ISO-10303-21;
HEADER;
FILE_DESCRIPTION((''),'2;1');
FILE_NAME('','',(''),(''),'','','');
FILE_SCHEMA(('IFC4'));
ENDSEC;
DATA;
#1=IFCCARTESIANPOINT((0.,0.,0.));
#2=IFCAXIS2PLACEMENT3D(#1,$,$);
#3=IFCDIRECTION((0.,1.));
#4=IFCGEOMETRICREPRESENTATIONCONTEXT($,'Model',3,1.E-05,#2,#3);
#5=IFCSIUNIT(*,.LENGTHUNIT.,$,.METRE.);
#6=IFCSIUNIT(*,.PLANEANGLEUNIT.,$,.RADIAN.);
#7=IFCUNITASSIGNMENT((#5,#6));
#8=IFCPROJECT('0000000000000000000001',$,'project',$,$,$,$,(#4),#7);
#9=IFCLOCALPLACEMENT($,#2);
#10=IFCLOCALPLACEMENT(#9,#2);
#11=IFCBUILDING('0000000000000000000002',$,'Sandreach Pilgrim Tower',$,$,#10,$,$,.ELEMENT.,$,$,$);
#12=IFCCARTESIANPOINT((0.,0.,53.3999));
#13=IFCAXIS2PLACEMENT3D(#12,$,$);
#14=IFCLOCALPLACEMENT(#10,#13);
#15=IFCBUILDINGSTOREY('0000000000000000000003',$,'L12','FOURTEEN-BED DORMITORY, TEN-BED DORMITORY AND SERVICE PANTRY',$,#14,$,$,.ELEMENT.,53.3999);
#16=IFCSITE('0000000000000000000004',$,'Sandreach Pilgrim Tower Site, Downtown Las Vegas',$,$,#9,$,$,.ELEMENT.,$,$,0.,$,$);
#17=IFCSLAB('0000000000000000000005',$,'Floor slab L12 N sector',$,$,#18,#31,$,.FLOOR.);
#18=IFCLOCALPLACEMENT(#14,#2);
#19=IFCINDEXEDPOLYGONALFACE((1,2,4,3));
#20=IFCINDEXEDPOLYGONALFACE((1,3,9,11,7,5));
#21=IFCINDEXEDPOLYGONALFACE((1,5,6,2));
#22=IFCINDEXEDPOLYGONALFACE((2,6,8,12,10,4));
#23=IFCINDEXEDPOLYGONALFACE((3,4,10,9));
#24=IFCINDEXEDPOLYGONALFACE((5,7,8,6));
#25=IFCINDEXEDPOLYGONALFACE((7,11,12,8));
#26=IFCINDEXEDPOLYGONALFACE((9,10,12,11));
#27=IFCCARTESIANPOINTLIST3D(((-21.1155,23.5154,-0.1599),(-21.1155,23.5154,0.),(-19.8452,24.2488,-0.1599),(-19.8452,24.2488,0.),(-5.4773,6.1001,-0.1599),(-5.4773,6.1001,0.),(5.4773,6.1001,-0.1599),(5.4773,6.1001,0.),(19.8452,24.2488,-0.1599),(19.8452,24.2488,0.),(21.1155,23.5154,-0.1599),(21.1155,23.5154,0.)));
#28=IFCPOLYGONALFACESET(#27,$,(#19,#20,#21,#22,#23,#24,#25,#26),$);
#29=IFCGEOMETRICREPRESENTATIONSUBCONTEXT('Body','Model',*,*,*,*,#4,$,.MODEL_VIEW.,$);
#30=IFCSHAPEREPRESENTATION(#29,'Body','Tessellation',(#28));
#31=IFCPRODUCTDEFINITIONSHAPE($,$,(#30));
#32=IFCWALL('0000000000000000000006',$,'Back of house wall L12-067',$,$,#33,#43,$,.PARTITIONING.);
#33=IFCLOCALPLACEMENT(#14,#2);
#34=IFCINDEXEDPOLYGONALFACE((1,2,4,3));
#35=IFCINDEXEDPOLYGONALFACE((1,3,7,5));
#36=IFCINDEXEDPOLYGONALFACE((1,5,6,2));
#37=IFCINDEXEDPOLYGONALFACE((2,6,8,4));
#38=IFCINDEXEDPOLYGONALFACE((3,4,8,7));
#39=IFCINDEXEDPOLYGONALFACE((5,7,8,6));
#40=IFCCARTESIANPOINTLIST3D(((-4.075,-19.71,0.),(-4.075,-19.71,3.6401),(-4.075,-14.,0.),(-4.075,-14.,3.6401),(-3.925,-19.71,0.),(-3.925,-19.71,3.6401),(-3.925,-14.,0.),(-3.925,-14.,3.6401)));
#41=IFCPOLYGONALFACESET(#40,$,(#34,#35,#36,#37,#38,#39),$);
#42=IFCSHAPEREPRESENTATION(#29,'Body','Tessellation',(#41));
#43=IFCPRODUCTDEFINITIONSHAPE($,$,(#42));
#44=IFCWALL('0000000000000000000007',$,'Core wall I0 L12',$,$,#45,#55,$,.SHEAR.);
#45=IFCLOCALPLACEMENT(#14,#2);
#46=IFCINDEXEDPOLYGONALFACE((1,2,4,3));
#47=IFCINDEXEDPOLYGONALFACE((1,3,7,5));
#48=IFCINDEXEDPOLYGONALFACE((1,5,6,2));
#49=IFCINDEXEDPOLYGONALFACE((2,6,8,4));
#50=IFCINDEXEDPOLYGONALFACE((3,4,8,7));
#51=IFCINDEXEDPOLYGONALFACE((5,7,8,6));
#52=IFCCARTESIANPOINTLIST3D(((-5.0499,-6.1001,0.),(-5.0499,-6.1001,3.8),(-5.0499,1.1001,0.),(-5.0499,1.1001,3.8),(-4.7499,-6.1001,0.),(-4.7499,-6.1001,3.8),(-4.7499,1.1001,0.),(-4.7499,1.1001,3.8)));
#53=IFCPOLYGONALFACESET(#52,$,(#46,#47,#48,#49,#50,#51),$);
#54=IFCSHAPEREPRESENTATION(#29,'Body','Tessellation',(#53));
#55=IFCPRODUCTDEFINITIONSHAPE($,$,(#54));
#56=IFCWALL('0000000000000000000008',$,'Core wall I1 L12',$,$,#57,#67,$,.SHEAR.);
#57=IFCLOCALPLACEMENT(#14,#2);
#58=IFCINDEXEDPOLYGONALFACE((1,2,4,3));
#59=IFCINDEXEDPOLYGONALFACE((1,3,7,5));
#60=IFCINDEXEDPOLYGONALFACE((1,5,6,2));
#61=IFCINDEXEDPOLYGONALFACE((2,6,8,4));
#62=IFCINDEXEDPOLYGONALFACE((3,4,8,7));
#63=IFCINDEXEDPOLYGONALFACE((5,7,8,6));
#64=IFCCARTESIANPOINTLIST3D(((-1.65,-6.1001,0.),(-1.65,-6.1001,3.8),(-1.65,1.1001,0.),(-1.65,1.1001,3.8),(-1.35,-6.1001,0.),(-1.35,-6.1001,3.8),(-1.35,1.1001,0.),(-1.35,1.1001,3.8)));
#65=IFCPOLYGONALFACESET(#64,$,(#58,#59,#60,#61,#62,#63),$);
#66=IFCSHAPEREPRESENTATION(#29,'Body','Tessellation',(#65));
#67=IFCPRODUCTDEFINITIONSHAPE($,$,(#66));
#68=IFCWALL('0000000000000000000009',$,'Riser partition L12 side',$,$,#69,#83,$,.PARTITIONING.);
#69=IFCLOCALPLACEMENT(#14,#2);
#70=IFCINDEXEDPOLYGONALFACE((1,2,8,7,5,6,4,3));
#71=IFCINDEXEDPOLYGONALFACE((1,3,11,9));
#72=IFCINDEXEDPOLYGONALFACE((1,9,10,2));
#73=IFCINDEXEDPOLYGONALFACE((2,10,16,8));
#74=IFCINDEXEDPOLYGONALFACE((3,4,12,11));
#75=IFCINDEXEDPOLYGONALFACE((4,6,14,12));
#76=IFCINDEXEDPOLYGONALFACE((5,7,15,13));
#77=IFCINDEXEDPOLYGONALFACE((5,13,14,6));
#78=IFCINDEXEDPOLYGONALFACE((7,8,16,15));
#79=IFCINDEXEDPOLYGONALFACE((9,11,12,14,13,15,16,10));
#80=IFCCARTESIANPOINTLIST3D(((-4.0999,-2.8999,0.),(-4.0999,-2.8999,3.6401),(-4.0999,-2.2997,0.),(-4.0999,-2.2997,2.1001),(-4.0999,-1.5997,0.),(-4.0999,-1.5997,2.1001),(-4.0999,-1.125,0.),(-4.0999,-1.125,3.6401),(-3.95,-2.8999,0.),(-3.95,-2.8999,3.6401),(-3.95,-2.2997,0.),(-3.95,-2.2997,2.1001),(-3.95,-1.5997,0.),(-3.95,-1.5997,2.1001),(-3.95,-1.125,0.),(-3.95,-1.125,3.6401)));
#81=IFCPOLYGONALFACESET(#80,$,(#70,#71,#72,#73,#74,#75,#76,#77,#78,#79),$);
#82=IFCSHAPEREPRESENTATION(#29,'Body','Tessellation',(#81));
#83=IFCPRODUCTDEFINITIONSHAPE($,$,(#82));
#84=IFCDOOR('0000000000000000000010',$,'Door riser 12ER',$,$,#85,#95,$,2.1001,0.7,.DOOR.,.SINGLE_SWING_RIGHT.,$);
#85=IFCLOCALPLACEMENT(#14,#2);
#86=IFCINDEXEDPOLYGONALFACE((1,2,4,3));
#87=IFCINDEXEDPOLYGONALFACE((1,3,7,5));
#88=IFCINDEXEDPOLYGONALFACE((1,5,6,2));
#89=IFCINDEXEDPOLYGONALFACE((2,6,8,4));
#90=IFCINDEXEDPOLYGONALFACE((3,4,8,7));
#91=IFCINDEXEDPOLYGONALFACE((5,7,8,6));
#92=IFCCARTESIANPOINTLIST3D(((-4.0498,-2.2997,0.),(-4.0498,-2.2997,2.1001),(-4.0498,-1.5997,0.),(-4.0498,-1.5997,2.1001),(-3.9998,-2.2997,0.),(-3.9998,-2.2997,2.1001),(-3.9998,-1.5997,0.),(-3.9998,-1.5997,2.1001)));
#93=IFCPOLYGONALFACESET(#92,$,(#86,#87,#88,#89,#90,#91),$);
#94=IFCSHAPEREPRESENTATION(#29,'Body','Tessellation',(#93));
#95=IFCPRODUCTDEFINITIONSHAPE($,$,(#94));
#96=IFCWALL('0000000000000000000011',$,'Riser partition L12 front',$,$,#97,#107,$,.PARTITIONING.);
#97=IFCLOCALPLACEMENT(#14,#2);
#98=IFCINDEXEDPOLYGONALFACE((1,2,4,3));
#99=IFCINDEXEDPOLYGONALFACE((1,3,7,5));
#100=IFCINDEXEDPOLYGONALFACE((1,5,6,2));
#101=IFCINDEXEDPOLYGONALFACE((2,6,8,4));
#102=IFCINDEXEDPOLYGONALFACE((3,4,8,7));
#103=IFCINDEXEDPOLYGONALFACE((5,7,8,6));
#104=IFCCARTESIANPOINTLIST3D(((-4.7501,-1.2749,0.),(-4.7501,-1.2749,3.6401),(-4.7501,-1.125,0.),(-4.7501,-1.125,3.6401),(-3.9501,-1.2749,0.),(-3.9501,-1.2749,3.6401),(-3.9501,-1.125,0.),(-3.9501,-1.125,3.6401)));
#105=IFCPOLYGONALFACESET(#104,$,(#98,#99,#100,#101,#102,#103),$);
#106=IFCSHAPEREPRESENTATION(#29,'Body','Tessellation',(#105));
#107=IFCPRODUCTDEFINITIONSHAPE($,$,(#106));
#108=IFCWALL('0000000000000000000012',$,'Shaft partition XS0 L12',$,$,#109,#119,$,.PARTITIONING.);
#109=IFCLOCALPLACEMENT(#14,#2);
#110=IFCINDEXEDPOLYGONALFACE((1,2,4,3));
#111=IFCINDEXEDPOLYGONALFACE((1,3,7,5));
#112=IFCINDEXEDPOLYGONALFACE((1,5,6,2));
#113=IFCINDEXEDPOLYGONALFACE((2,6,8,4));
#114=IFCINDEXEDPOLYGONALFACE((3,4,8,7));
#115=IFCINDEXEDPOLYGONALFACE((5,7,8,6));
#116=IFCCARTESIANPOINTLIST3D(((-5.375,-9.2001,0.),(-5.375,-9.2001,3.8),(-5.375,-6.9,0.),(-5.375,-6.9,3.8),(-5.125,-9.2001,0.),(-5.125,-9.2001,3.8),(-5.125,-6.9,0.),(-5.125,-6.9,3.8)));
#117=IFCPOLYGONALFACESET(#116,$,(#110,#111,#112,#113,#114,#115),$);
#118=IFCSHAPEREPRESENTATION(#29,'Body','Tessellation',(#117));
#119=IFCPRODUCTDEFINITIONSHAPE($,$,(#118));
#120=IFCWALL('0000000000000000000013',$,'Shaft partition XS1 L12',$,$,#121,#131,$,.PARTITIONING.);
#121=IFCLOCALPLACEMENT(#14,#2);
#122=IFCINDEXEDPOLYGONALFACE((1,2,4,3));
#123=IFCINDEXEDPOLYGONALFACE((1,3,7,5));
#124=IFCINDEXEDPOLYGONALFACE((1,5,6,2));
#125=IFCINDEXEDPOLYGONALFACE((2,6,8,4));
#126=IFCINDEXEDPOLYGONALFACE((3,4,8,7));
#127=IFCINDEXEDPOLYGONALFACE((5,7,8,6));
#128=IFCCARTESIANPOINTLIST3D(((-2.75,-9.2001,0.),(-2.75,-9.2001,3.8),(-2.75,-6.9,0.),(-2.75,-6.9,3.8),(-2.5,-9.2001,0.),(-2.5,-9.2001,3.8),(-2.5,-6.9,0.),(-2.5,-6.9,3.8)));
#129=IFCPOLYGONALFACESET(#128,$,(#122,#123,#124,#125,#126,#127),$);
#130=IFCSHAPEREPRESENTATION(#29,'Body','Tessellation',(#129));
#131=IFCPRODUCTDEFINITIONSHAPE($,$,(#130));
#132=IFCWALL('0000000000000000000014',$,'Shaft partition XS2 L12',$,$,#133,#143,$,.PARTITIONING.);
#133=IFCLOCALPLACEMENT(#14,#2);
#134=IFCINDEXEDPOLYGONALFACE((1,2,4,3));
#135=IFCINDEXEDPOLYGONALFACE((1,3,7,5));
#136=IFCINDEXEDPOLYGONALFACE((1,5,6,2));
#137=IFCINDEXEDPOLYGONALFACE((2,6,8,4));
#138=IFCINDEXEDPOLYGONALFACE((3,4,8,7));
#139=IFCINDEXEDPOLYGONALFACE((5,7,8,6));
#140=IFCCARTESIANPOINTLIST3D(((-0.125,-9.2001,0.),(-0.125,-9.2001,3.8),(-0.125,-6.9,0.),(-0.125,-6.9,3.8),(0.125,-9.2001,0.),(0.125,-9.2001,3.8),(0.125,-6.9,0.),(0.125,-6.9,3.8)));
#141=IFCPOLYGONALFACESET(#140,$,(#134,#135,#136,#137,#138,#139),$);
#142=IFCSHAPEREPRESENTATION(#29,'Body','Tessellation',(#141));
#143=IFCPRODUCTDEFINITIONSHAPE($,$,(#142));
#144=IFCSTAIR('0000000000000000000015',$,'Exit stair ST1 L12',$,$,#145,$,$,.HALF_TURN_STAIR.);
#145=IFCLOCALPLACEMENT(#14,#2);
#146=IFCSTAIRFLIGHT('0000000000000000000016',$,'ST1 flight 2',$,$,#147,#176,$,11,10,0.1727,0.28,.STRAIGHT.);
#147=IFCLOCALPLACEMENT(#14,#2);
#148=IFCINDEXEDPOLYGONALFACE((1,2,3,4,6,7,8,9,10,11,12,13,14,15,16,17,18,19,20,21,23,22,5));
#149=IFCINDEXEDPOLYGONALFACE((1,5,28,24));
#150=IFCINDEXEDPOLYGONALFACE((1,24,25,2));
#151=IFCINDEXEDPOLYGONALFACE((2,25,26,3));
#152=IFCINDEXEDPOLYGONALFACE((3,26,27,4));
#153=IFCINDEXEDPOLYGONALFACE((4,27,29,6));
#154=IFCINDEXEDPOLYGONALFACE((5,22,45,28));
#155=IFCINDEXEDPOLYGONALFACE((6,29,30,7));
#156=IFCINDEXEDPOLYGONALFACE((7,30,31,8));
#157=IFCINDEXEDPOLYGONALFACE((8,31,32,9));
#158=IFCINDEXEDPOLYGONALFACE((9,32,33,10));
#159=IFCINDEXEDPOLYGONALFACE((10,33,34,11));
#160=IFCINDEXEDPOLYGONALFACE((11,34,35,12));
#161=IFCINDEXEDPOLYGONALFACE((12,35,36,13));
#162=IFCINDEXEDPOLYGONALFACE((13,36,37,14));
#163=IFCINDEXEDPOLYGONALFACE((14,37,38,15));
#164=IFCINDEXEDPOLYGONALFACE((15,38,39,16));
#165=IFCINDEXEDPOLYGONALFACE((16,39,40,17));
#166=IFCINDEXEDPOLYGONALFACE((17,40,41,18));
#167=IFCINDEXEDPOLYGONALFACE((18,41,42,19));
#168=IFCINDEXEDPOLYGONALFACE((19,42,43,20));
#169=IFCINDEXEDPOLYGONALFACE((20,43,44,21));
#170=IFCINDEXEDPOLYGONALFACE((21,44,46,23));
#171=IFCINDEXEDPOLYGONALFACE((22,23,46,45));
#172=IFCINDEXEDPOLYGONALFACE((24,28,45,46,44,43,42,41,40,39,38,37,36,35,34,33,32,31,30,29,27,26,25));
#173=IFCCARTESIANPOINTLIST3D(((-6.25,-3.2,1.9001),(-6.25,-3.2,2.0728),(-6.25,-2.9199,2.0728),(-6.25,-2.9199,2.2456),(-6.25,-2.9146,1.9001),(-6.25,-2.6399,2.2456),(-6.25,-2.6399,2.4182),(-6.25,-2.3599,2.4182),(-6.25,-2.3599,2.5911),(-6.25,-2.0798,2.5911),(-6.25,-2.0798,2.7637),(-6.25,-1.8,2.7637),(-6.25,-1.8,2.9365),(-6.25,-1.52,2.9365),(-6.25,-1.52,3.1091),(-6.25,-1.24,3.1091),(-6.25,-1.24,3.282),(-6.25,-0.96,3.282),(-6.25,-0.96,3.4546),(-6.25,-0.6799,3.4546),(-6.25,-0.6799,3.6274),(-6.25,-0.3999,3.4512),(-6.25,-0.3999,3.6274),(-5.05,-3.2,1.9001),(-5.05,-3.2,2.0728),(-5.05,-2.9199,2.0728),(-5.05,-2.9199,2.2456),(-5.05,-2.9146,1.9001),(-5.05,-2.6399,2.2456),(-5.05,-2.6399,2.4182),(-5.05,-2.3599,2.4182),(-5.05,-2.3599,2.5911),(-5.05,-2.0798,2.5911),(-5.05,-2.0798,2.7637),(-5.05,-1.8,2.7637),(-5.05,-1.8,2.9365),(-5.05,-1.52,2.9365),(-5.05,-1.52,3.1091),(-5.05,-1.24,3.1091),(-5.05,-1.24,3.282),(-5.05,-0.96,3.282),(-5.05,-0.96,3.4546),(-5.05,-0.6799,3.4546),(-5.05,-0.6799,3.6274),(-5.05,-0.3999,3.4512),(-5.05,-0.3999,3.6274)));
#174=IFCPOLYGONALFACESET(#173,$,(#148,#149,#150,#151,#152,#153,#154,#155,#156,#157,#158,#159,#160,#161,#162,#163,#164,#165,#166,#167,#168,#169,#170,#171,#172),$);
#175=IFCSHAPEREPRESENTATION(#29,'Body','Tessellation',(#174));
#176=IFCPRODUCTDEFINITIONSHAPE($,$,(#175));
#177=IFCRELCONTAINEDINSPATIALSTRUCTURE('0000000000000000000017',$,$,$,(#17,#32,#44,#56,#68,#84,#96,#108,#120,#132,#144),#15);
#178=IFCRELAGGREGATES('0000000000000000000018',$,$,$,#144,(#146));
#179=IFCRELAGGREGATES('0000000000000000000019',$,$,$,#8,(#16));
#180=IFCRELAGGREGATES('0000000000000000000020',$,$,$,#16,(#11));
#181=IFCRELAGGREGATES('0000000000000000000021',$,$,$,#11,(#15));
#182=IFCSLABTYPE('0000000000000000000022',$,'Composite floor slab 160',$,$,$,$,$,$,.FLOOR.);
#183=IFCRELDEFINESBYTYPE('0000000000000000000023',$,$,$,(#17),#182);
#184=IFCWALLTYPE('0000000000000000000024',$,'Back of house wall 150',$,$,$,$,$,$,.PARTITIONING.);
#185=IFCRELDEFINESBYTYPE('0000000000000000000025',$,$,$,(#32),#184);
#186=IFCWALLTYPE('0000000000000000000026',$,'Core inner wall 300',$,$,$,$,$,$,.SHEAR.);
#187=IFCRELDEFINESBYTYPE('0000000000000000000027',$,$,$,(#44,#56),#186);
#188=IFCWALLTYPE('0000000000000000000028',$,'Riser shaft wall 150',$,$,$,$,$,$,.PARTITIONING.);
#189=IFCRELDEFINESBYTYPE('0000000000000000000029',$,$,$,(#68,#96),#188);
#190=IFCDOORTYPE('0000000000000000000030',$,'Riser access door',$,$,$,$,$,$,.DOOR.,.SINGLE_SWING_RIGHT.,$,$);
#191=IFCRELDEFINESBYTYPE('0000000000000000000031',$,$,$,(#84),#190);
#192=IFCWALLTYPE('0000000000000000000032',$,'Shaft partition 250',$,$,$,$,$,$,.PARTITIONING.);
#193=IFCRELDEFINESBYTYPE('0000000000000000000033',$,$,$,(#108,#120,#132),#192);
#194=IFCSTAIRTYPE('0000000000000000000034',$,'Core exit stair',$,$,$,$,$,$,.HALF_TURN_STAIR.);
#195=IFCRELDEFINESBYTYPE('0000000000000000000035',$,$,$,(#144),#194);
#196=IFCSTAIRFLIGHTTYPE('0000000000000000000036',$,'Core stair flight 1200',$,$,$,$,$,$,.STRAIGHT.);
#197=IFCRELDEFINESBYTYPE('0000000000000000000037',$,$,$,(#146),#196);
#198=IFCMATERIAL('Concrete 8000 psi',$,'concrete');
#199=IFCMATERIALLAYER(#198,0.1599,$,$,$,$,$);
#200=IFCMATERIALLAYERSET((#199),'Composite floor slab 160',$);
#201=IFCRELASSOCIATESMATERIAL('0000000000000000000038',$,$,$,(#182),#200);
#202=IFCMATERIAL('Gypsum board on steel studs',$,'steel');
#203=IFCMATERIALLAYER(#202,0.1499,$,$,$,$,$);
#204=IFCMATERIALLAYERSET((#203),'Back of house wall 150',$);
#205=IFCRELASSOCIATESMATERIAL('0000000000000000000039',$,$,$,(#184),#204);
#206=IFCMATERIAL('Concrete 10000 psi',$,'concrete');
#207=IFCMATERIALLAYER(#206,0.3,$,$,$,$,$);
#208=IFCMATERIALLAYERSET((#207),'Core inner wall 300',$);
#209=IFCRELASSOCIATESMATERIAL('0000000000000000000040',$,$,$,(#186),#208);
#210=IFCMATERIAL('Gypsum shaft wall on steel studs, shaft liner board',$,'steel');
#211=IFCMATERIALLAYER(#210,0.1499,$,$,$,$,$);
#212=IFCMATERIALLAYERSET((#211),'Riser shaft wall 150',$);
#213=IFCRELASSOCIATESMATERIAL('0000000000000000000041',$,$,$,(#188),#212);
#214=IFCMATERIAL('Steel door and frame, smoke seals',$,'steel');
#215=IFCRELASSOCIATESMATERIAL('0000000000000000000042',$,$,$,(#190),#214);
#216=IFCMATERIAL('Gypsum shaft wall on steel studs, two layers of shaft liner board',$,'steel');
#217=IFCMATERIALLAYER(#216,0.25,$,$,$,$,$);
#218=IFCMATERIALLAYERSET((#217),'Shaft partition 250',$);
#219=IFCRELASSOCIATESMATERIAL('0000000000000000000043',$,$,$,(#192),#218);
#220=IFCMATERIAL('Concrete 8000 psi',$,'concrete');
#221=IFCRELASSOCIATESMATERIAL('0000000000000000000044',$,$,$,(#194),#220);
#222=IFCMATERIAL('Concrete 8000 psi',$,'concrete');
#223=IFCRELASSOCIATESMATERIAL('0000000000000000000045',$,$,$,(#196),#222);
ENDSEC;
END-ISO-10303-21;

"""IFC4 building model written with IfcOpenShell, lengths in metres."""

from ifc_helpers import new_model, si_unit, direction, frame, frame_2d, origin, place, context, subcontext, project, spatial, polyline, rectangle, outline, extrude, material, layer, layer_set, type_object, element, fill, aggregate, save


model = new_model("IFC4")

# Units and contexts
model_context = context("Model", 3, precision=1e-05, world=origin(), true_north=direction((0.0, 1.0)))
body_context = subcontext(model_context, "Body", "Model", "MODEL_VIEW")
ifc_project = project(units=[si_unit("LENGTHUNIT", "METRE"), si_unit("PLANEANGLEUNIT", "RADIAN")], contexts=[model_context])

# Site, building, storey
site_placement = place(None, origin())
site = spatial("IfcSite", under=ifc_project, at=site_placement, Name="Sandreach Pilgrim Tower Site, Downtown Las Vegas", CompositionType="ELEMENT", RefElevation=0.0)
building_placement = place(site_placement, origin())
building = spatial("IfcBuilding", under=site, at=building_placement, Name="Sandreach Pilgrim Tower", CompositionType="ELEMENT")
storey_placement = place(building_placement, frame((0.0, 0.0, 53.3999)))
storey = spatial("IfcBuildingStorey", under=building, at=storey_placement, Name="L12", Description="FOURTEEN-BED DORMITORY, TEN-BED DORMITORY AND SERVICE PANTRY", CompositionType="ELEMENT", Elevation=53.3999)

# Slab
ifc_material_1 = material(Name="Concrete 8000 psi", Category="concrete")
ifc_layer_1 = layer(ifc_material_1, 0.1599)
ifc_layer_set_1 = layer_set([ifc_layer_1], Name="Composite floor slab 160")
slab_type = type_object("IfcSlabType", Name="Composite floor slab 160", PredefinedType="FLOOR", material=ifc_layer_set_1)
slab_placement = place(storey_placement, frame((0.0, 0.0, -0.1599)))
element("IfcSlab", 1, at=slab_placement, inside=storey, type_object=slab_type, Name="Floor slab L12 N sector", PredefinedType="FLOOR", context=body_context, shape_type="SweptSolid", body=[
    extrude(outline(polyline([(-19.8452, 24.2488), (19.8452, 24.2488), (21.1155, 23.5154), (5.4773, 6.1001), (-5.4773, 6.1001), (-21.1155, 23.5154), (-19.8452, 24.2488)])), origin(), (0.0, 0.0, 1.0), 0.1599),
])

# Walls
ifc_material_2 = material(Name="Gypsum board on steel studs", Category="steel")
ifc_layer_2 = layer(ifc_material_2, 0.1499)
ifc_layer_set_2 = layer_set([ifc_layer_2], Name="Back of house wall 150")
wall_type_1 = type_object("IfcWallType", Name="Back of house wall 150", PredefinedType="PARTITIONING", material=ifc_layer_set_2)
wall_1_placement = place(storey_placement, frame((-4.0, -14.0, 0.0), z_axis=(0.0, 0.0, 1.0), x_axis=(0.0, -1.0, 0.0)))
element("IfcWall", 2, at=wall_1_placement, inside=storey, type_object=wall_type_1, Name="Back of house wall L12-067", PredefinedType="PARTITIONING", context=body_context, shape_type="SweptSolid", body=[
    extrude(rectangle(XDim=5.71, YDim=0.1499, at=frame_2d((2.855, 0.0))), origin(), (0.0, 0.0, 1.0), 3.6401),
])
ifc_material_3 = material(Name="Concrete 10000 psi", Category="concrete")
ifc_layer_3 = layer(ifc_material_3, 0.3)
ifc_layer_set_3 = layer_set([ifc_layer_3], Name="Core inner wall 300")
wall_type_2 = type_object("IfcWallType", Name="Core inner wall 300", PredefinedType="SHEAR", material=ifc_layer_set_3)
for number, where, z_axis, x_axis, name in (
    (3, (-4.8999, -6.1001, 0.0), (0.0, 0.0, 1.0), (0.0, 1.0, 0.0), "Core wall I0 L12"),
    (4, (-1.5, -6.1001, 0.0), (0.0, 0.0, 1.0), (0.0, 1.0, 0.0), "Core wall I1 L12"),
):
    element("IfcWall", number, at=place(storey_placement, frame(where, z_axis=z_axis, x_axis=x_axis)), inside=storey, type_object=wall_type_2, Name=name, PredefinedType="SHEAR", context=body_context, shape_type="SweptSolid", body=[
        extrude(rectangle(XDim=7.2002, YDim=0.3, at=frame_2d((3.6001, 0.0))), origin(), (0.0, 0.0, 1.0), 3.8),
    ])

# Wall, opening, door
ifc_material_4 = material(Name="Gypsum shaft wall on steel studs, shaft liner board", Category="steel")
ifc_layer_4 = layer(ifc_material_4, 0.1499)
ifc_layer_set_4 = layer_set([ifc_layer_4], Name="Riser shaft wall 150")
wall_type_3 = type_object("IfcWallType", Name="Riser shaft wall 150", PredefinedType="PARTITIONING", material=ifc_layer_set_4)
wall_2_placement = place(storey_placement, frame((-4.0249, -2.8999, 0.0), z_axis=(0.0, 0.0, 1.0), x_axis=(0.0, 1.0, 0.0)))
wall_2 = element("IfcWall", 5, at=wall_2_placement, inside=storey, type_object=wall_type_3, Name="Riser partition L12 side", PredefinedType="PARTITIONING", context=body_context, shape_type="SweptSolid", body=[
    extrude(rectangle(XDim=1.7749, YDim=0.1499, at=frame_2d((0.8875, 0.0))), origin(), (0.0, 0.0, 1.0), 3.6401),
])
opening_1_placement = place(wall_2_placement, frame((0.6001, 0.0, 0.0)))
opening_1 = element("IfcOpeningElement", 6, at=opening_1_placement, cuts=wall_2, PredefinedType="OPENING", context=body_context, shape_type="SweptSolid", body=[
    extrude(rectangle(XDim=0.7, YDim=2.1001, at=frame_2d((0.3501, 1.05))), frame((0.0, 0.075, 0.0), z_axis=(0.0, -1.0, 0.0), x_axis=(1.0, 0.0, 0.0)), (0.0, 0.0, 1.0), 0.1499),
])
ifc_material_5 = material(Name="Steel door and frame, smoke seals", Category="steel")
door_type_1 = type_object("IfcDoorType", Name="Riser access door", OperationType="SINGLE_SWING_RIGHT", PredefinedType="DOOR", material=ifc_material_5)
door_1_placement = place(opening_1_placement, origin())
door_1 = element("IfcDoor", 7, at=door_1_placement, inside=storey, type_object=door_type_1, Name="Door riser 12ER", OperationType="SINGLE_SWING_RIGHT", OverallHeight=2.1001, OverallWidth=0.7, PredefinedType="DOOR", context=body_context, shape_type="SweptSolid", body=[
    extrude(rectangle(XDim=0.7, YDim=2.1001, at=frame_2d((0.3501, 1.05))), frame((0.0, 0.0249, 0.0), z_axis=(0.0, -1.0, 0.0), x_axis=(1.0, 0.0, 0.0)), (0.0, 0.0, 1.0), 0.05),
])
fill(opening_1, door_1)

# Walls
wall_3_placement = place(storey_placement, frame((-4.75, -1.2, 0.0), z_axis=(0.0, 0.0, 1.0), x_axis=(1.0, 0.0, 0.0)))
element("IfcWall", 8, at=wall_3_placement, inside=storey, type_object=wall_type_3, Name="Riser partition L12 front", PredefinedType="PARTITIONING", context=body_context, shape_type="SweptSolid", body=[
    extrude(rectangle(XDim=0.8, YDim=0.1499, at=frame_2d((0.3999, 0.0))), origin(), (0.0, 0.0, 1.0), 3.6401),
])
ifc_material_6 = material(Name="Gypsum shaft wall on steel studs, two layers of shaft liner board", Category="steel")
ifc_layer_5 = layer(ifc_material_6, 0.25)
ifc_layer_set_5 = layer_set([ifc_layer_5], Name="Shaft partition 250")
wall_type_4 = type_object("IfcWallType", Name="Shaft partition 250", PredefinedType="PARTITIONING", material=ifc_layer_set_5)
for number, where, z_axis, x_axis, name in (
    (9, (-5.25, -9.2, 0.0), (0.0, 0.0, 1.0), (0.0, 1.0, 0.0), "Shaft partition XS0 L12"),
    (10, (-2.625, -9.2, 0.0), (0.0, 0.0, 1.0), (0.0, 1.0, 0.0), "Shaft partition XS1 L12"),
    (11, (0.0, -9.2, 0.0), (0.0, 0.0, 1.0), (0.0, 1.0, 0.0), "Shaft partition XS2 L12"),
):
    element("IfcWall", number, at=place(storey_placement, frame(where, z_axis=z_axis, x_axis=x_axis)), inside=storey, type_object=wall_type_4, Name=name, PredefinedType="PARTITIONING", context=body_context, shape_type="SweptSolid", body=[
        extrude(rectangle(XDim=2.3, YDim=0.25, at=frame_2d((1.1499, 0.0))), origin(), (0.0, 0.0, 1.0), 3.8),
    ])

# Stair, stair flight
ifc_material_7 = material(Name="Concrete 8000 psi", Category="concrete")
stair_type = type_object("IfcStairType", Name="Core exit stair", PredefinedType="HALF_TURN_STAIR", material=ifc_material_7)
stair_1_placement = place(storey_placement, origin())
stair_1 = element("IfcStair", 12, at=stair_1_placement, inside=storey, type_object=stair_type, Name="Exit stair ST1 L12", PredefinedType="HALF_TURN_STAIR")
ifc_material_8 = material(Name="Concrete 8000 psi", Category="concrete")
stair_flight_type = type_object("IfcStairFlightType", Name="Core stair flight 1200", PredefinedType="STRAIGHT", material=ifc_material_8)
stair_flight_1_placement = place(storey_placement, frame((-5.6499, -3.2, 1.9001), z_axis=(0.0, 0.0, 1.0), x_axis=(0.0, 1.0, 0.0)))
stair_flight_1 = element("IfcStairFlight", 13, at=stair_flight_1_placement, type_object=stair_flight_type, Name="ST1 flight 2", NumberOfRisers=11, NumberOfTreads=10, PredefinedType="STRAIGHT", RiserHeight=0.1727, TreadLength=0.28, context=body_context, shape_type="SweptSolid", body=[
    extrude(outline(polyline([(0.0, 0.0), (0.0, 0.1726), (0.28, 0.1726), (0.28, 0.3455), (0.5601, 0.3455), (0.5601, 0.5181), (0.8401, 0.5181), (0.8401, 0.6909), (1.1201, 0.6909), (1.1201, 0.8635), (1.3999, 0.8635), (1.3999, 1.0364), (1.6799, 1.0364), (1.6799, 1.209), (1.96, 1.209), (1.96, 1.3818), (2.24, 1.3818), (2.24, 1.5544), (2.52, 1.5544), (2.52, 1.7273), (2.8, 1.7273), (2.8, 1.8999), (2.8, 1.551), (0.2854, 0.0), (0.0, 0.0)])), frame((0.0, 0.6001, 0.0), z_axis=(0.0, -1.0, 0.0), x_axis=(1.0, 0.0, 0.0)), (0.0, 0.0, 1.0), 1.2),
])
aggregate(stair_1, [stair_flight_1])

save(model, "model.ifc")
